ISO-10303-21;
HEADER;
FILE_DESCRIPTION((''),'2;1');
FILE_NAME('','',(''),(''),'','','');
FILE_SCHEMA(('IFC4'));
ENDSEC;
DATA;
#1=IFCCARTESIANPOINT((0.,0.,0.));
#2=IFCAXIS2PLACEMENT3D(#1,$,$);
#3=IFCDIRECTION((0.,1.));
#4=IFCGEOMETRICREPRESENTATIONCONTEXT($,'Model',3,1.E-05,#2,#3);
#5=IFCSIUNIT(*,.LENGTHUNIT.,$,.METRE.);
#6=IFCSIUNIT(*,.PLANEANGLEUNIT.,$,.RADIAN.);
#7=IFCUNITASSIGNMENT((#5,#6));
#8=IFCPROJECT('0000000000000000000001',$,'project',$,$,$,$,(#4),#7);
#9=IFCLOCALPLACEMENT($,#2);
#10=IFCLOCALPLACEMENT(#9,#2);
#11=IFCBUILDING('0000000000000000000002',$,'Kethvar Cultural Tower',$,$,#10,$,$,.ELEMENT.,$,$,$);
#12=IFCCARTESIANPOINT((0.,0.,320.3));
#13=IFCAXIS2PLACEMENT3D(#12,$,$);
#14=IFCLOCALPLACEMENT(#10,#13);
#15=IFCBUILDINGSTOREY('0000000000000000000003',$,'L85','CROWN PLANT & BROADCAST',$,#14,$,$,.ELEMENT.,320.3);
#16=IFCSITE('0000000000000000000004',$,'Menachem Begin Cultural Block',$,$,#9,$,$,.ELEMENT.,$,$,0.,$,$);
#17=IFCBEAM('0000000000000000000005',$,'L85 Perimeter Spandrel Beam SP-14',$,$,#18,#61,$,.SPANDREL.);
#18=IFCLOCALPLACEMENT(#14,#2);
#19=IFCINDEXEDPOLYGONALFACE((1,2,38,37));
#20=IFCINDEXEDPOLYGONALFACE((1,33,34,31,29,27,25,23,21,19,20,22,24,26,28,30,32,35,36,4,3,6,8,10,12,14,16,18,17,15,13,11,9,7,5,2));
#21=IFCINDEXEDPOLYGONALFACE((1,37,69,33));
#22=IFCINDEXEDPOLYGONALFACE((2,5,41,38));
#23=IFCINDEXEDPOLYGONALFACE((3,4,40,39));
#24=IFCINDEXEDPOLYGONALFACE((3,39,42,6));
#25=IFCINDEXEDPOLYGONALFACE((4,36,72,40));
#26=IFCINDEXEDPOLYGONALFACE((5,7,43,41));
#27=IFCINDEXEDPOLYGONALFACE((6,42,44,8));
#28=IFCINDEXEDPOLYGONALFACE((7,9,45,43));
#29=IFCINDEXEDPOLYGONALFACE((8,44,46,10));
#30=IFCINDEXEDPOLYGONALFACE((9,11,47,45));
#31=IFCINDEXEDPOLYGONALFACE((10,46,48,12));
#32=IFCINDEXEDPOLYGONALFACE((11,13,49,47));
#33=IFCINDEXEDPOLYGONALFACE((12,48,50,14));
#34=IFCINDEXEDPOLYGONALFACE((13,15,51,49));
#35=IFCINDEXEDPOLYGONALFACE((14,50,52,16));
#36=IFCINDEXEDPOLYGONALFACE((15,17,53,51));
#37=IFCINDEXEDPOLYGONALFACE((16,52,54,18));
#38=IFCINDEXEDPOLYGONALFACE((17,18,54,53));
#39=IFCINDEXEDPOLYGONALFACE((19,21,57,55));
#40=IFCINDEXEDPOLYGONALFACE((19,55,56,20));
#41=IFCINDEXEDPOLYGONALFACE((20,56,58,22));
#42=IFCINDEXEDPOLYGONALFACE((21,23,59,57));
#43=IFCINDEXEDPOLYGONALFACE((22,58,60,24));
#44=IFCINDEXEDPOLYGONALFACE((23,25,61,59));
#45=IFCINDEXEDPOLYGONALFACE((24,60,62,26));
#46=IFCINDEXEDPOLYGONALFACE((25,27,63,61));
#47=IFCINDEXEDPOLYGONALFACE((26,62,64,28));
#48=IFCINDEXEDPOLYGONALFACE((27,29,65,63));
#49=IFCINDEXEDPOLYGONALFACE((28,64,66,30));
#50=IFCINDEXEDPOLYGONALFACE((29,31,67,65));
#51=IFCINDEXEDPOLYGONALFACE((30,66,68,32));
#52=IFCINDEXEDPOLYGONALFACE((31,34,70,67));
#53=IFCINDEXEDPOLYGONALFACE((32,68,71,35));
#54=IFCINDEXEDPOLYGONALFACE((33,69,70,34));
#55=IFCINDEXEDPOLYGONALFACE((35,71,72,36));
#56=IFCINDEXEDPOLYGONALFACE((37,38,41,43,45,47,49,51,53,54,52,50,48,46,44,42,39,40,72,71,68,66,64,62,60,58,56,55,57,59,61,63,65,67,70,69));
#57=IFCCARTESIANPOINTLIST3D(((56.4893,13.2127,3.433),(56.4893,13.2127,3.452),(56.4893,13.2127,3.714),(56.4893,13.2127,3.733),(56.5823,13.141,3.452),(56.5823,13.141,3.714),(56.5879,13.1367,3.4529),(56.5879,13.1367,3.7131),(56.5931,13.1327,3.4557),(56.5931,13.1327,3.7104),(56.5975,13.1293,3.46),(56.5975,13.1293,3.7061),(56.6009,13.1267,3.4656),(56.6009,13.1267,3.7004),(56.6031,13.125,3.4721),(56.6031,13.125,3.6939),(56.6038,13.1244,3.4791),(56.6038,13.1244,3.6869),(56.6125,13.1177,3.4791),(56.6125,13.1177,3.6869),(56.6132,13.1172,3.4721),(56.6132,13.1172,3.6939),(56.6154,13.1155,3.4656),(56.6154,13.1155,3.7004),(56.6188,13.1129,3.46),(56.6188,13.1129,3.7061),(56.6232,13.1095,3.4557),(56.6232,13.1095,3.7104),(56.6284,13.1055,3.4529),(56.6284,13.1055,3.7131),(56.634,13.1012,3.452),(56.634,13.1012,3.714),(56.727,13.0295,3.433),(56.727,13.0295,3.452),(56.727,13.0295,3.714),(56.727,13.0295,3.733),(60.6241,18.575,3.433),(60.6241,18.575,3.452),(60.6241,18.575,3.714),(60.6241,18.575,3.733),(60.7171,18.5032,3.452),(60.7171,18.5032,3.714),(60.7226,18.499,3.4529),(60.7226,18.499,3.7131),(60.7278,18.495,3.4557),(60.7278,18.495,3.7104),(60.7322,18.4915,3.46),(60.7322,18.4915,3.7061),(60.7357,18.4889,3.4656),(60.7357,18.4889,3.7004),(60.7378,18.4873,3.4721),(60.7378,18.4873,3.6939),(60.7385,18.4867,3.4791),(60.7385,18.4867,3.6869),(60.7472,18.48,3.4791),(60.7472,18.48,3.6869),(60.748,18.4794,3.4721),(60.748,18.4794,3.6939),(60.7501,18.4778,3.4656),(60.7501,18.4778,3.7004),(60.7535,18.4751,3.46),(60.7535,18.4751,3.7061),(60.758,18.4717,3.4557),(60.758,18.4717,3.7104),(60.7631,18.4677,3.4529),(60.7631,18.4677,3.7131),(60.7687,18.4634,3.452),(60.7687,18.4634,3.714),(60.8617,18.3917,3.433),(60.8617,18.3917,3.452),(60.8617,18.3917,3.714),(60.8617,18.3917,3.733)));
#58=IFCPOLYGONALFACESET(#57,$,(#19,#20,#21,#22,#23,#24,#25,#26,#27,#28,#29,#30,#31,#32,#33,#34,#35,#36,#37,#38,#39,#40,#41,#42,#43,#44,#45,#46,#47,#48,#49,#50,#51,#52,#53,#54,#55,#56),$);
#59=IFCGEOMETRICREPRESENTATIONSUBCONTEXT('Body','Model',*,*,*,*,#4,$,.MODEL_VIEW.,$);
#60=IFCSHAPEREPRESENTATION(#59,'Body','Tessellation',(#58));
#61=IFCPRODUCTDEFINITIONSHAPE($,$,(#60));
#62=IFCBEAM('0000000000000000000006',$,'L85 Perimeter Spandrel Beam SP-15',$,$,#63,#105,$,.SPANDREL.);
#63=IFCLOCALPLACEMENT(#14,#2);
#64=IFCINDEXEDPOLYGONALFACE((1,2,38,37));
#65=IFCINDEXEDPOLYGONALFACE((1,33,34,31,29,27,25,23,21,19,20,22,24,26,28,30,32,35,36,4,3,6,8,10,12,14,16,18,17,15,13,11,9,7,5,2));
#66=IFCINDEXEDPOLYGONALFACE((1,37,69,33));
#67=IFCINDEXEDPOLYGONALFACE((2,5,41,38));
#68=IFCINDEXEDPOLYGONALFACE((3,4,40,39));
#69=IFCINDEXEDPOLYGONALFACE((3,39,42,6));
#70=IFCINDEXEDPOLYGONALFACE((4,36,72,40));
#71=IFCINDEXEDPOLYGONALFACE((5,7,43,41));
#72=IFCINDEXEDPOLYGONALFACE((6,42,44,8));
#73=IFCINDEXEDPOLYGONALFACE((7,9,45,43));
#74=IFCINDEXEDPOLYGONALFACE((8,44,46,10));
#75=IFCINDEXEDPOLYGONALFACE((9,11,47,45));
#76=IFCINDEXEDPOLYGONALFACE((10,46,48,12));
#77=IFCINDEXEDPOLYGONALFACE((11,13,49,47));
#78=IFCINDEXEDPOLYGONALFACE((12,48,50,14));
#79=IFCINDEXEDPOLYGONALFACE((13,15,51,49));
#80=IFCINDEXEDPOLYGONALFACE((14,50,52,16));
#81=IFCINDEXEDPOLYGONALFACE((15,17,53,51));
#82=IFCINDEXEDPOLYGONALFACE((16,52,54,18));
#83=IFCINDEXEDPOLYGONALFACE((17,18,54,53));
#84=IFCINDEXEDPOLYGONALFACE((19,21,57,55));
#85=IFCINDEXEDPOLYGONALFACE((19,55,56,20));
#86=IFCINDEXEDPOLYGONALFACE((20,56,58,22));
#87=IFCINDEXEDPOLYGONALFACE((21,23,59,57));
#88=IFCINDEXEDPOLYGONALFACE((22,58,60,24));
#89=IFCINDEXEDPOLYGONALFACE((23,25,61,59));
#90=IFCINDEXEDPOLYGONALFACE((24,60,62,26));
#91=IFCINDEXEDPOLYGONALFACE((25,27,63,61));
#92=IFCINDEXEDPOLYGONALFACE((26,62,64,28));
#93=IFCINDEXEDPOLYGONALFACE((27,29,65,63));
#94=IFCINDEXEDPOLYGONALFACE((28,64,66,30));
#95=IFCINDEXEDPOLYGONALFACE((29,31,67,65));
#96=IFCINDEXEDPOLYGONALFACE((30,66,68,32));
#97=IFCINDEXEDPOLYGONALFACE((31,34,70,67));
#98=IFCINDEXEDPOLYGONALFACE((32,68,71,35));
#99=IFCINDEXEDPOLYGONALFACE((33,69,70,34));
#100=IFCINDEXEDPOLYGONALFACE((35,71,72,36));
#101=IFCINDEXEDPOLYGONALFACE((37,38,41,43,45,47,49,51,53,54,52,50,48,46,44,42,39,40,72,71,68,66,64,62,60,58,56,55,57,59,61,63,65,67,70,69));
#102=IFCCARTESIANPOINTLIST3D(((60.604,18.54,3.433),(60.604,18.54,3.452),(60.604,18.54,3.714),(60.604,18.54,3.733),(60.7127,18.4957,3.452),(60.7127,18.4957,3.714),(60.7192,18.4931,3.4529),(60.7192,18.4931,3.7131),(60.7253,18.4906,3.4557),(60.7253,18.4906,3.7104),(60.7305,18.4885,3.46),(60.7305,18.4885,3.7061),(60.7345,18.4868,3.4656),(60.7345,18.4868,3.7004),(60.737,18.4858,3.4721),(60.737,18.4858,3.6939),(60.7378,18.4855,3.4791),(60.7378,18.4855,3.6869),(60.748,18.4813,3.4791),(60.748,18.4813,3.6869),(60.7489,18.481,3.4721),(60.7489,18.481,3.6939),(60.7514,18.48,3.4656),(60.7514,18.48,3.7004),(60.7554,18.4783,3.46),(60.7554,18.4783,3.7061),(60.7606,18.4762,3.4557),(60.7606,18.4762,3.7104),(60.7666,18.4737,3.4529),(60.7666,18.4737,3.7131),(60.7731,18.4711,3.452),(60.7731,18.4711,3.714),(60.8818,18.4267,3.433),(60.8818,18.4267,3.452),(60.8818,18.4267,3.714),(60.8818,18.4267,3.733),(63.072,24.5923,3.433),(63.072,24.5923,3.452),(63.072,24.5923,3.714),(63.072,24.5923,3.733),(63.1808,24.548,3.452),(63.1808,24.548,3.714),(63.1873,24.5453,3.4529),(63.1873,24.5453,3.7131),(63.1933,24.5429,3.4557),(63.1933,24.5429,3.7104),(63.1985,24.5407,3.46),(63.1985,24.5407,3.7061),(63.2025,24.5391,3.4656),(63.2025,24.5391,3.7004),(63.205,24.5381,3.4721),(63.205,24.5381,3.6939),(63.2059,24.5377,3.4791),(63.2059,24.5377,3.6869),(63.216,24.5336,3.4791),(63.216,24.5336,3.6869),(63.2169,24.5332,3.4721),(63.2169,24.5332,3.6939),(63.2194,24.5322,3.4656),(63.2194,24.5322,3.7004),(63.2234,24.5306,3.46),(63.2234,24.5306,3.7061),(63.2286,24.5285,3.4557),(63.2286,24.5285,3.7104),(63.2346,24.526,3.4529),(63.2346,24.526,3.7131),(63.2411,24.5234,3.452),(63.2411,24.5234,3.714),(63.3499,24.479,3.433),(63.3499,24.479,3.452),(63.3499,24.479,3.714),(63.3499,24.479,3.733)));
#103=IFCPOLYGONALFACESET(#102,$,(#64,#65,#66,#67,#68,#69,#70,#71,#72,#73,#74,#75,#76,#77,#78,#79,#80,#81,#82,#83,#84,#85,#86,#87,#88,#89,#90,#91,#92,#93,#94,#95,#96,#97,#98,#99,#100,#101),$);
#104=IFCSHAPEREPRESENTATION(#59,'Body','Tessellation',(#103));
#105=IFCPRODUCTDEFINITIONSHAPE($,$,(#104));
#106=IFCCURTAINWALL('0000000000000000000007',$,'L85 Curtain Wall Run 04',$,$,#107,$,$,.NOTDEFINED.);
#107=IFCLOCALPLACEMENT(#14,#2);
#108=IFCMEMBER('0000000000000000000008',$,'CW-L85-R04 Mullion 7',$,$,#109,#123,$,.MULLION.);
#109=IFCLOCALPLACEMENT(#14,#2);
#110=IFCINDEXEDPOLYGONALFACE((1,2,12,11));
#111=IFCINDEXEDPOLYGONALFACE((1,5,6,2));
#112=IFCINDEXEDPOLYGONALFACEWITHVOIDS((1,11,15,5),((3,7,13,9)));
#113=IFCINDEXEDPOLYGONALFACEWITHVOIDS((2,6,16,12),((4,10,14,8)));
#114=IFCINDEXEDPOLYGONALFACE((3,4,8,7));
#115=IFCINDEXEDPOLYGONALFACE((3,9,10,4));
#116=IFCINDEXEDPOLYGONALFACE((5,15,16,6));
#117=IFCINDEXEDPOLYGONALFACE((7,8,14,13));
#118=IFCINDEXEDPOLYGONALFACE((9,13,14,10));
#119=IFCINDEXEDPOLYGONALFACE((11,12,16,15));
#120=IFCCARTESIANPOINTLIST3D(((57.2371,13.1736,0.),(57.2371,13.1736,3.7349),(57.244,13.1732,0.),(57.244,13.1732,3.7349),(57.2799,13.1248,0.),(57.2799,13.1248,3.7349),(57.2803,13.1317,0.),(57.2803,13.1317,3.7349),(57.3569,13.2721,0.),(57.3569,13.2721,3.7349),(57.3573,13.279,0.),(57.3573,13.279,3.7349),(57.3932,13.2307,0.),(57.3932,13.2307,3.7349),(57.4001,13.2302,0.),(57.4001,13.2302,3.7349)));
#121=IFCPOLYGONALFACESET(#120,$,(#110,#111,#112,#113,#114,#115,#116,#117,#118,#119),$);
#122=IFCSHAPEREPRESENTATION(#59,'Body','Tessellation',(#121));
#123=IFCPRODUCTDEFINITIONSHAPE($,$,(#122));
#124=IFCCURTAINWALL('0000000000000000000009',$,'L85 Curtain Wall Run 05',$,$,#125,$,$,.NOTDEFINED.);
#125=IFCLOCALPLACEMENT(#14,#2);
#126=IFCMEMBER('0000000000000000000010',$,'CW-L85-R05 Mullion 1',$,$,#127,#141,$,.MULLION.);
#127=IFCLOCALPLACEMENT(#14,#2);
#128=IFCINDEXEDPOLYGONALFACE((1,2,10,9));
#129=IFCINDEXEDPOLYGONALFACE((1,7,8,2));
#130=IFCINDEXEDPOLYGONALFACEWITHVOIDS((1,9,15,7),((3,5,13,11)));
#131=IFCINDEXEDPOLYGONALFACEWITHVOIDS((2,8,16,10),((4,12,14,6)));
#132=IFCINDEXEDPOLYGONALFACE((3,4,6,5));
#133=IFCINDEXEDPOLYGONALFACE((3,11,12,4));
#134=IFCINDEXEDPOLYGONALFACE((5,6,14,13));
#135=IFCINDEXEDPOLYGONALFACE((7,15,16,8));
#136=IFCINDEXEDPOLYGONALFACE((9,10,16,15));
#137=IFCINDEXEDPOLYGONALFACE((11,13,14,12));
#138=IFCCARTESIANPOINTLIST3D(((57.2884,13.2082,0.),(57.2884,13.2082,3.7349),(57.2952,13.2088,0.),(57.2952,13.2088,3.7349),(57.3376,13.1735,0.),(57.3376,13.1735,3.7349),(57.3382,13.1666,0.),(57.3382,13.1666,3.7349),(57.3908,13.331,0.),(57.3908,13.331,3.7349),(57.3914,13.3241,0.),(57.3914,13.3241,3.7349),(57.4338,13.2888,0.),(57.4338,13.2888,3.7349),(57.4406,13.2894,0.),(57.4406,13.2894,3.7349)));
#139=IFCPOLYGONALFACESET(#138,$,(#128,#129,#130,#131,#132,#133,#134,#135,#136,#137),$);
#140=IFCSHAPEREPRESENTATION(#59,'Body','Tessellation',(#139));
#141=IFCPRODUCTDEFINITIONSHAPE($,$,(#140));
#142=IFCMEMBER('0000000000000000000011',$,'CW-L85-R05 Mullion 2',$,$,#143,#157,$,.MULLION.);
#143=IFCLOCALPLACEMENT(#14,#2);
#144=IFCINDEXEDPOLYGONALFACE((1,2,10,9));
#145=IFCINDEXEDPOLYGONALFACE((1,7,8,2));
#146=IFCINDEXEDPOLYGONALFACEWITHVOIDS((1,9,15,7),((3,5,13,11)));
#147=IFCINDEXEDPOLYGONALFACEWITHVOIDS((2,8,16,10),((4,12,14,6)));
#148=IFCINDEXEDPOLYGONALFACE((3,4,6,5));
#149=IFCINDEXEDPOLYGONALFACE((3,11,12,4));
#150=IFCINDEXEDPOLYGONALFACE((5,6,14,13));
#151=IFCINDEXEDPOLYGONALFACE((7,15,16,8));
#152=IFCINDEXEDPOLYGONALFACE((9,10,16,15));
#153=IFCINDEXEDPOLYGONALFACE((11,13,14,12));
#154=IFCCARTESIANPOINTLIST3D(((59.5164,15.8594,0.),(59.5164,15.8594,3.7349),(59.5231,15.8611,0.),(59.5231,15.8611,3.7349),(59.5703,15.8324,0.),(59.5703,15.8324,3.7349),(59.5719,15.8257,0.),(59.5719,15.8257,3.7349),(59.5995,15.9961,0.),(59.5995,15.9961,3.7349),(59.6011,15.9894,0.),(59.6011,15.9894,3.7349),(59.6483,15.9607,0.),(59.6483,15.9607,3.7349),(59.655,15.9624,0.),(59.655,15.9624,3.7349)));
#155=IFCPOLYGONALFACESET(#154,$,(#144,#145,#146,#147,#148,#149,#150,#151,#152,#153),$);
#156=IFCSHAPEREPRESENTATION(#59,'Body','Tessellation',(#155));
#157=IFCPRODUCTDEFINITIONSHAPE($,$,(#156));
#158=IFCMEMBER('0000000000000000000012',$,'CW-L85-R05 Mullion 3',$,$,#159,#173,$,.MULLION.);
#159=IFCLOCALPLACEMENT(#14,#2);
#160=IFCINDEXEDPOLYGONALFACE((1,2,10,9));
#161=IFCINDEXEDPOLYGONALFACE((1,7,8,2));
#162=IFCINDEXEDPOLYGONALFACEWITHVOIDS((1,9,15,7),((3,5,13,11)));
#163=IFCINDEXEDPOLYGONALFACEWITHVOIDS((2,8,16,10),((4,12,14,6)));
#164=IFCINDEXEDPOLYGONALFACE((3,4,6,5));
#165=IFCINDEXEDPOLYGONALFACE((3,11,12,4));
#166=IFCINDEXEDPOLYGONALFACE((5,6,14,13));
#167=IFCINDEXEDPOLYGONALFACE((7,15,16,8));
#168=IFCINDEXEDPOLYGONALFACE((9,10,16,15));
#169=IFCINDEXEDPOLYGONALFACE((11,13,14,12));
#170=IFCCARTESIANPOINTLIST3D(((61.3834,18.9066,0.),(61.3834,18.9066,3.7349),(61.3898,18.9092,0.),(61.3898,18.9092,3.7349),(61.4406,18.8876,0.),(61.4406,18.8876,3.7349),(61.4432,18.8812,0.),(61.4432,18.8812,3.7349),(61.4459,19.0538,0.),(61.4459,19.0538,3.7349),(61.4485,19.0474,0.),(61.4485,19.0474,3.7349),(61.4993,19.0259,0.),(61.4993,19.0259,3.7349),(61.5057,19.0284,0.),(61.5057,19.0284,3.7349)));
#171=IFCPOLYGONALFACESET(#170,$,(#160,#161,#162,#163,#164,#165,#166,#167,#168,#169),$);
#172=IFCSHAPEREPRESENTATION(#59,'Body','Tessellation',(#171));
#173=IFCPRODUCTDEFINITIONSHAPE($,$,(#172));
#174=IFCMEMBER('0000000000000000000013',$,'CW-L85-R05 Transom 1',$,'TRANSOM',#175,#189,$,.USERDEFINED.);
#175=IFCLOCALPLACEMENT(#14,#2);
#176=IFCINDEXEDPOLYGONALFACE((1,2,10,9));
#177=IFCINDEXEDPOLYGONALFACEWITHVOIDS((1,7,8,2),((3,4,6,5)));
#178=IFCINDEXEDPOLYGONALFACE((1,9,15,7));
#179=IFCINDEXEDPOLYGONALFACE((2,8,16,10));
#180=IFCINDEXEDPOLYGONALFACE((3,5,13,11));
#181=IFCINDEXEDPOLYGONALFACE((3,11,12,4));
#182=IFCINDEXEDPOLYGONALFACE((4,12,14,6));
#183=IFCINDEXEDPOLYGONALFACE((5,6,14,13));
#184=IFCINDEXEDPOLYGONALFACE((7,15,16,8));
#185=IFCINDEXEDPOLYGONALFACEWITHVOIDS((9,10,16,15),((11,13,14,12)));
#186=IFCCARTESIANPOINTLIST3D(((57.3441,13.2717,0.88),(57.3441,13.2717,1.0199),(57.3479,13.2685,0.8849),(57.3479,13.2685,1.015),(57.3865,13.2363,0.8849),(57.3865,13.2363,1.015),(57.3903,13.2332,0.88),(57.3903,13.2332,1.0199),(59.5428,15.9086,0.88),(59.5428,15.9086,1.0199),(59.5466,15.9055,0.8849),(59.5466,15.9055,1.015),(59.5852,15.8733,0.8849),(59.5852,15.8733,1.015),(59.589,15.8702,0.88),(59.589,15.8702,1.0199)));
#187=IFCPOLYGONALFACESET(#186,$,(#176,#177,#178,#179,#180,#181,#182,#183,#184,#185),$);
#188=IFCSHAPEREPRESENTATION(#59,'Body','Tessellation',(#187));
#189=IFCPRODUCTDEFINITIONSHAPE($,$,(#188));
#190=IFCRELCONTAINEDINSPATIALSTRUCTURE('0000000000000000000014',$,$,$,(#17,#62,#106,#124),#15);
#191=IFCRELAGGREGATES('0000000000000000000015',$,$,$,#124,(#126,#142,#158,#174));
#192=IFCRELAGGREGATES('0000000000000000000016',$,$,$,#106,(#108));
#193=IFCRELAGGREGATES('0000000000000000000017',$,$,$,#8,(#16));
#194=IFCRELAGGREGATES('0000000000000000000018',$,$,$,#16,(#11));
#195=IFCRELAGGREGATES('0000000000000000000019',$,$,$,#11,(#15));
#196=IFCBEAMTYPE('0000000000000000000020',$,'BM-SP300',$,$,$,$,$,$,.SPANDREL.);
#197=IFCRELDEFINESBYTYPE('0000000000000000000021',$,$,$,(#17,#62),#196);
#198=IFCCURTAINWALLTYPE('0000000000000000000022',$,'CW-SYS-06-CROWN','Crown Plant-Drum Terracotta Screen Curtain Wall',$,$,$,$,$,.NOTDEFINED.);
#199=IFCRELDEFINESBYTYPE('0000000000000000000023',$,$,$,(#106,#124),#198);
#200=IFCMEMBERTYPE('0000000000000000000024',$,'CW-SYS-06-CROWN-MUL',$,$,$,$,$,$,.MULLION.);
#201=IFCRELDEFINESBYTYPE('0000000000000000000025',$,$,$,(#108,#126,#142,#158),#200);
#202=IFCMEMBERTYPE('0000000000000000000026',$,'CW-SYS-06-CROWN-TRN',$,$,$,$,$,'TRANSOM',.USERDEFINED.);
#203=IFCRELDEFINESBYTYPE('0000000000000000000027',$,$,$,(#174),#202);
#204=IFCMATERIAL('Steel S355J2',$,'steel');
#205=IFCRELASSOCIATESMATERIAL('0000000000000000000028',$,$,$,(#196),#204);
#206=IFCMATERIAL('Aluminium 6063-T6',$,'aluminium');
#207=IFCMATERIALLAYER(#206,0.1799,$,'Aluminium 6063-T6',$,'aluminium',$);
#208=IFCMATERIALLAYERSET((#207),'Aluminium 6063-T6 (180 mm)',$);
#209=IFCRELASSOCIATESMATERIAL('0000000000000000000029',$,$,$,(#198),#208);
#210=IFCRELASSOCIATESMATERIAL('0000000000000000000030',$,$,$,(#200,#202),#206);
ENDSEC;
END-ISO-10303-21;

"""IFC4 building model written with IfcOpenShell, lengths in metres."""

from ifc_helpers import new_model, si_unit, direction, frame, origin, origin_2d, place, context, subcontext, project, spatial, hollow_rectangle, i_section, extrude, source, transform, mapped, material, layer, layer_set, material_profile, profile_set, type_object, element, aggregate, save


model = new_model("IFC4")

# Units and contexts
model_context = context("Model", 3, precision=1e-05, world=origin(), true_north=direction((0.0, 1.0)))
body_context = subcontext(model_context, "Body", "Model", "MODEL_VIEW")
ifc_project = project(units=[si_unit("LENGTHUNIT", "METRE"), si_unit("PLANEANGLEUNIT", "RADIAN")], contexts=[model_context])

# Site, building, storey
site_placement = place(None, origin())
site = spatial("IfcSite", under=ifc_project, at=site_placement, Name="Menachem Begin Cultural Block", CompositionType="ELEMENT", RefElevation=0.0)
building_placement = place(site_placement, origin())
building = spatial("IfcBuilding", under=site, at=building_placement, Name="Kethvar Cultural Tower", CompositionType="ELEMENT")
storey_placement = place(building_placement, frame((0.0, 0.0, 320.3)))
storey = spatial("IfcBuildingStorey", under=building, at=storey_placement, Name="L85", Description="CROWN PLANT & BROADCAST", CompositionType="ELEMENT", Elevation=320.3)

# Shared definitions
ifc_material_1 = material(Name="Steel S355J2", Category="steel")

# Beams
ifc_material_profile_1 = material_profile(ifc_material_1, i_section(OverallWidth=0.3, OverallDepth=0.3, WebThickness=0.011, FlangeThickness=0.019, FilletRadius=0.0271, at=origin_2d()), Name="Steel S355J2 — HEB300")
ifc_profile_set_1 = profile_set([ifc_material_profile_1], Name="Steel S355J2 — HEB300")
beam_type_1 = type_object("IfcBeamType", Name="BM-SP300", PredefinedType="SPANDREL", material=ifc_profile_set_1)
shared_shape_1 = source(origin(), body_context, "Body", "SweptSolid", [
    extrude(i_section(OverallWidth=0.3, OverallDepth=0.3, WebThickness=0.011, FlangeThickness=0.019, FilletRadius=0.0271, at=origin_2d()), origin(), (0.0, 0.0, 1.0), 6.7712),
])
beam_1_placement = place(storey_placement, frame((56.6082, 13.1211, 3.583), z_axis=(0.61063, 0.791916, 0.0), x_axis=(-0.791916, 0.61063, 0.0)))
element("IfcBeam", 1, at=beam_1_placement, inside=storey, type_object=beam_type_1, Name="L85 Perimeter Spandrel Beam SP-14", PredefinedType="SPANDREL", context=body_context, shape_type="MappedRepresentation", body=[
    mapped(shared_shape_1, transform((0.0, 0.0, 0.0), scale=1.0)),
])
shared_shape_2 = source(origin(), body_context, "Body", "SweptSolid", [
    extrude(i_section(OverallWidth=0.3, OverallDepth=0.3, WebThickness=0.011, FlangeThickness=0.019, FilletRadius=0.0271, at=origin_2d()), origin(), (0.0, 0.0, 1.0), 6.5361),
])
beam_2_placement = place(storey_placement, frame((60.7429, 18.4834, 3.583), z_axis=(0.377597, 0.92597, 0.0), x_axis=(-0.92597, 0.377597, 0.0)))
element("IfcBeam", 2, at=beam_2_placement, inside=storey, type_object=beam_type_1, Name="L85 Perimeter Spandrel Beam SP-15", PredefinedType="SPANDREL", context=body_context, shape_type="MappedRepresentation", body=[
    mapped(shared_shape_2, transform((0.0, 0.0, 0.0), scale=1.0)),
])

# Curtain wall, member
ifc_material_2 = material(Name="Aluminium 6063-T6", Category="aluminium")
ifc_layer_1 = layer(ifc_material_2, 0.1799, Name="Aluminium 6063-T6", Category="aluminium")
ifc_layer_set_1 = layer_set([ifc_layer_1], Name="Aluminium 6063-T6 (180 mm)")
curtain_wall_type = type_object("IfcCurtainWallType", Name="CW-SYS-06-CROWN", Description="Crown Plant-Drum Terracotta Screen Curtain Wall", PredefinedType="NOTDEFINED", material=ifc_layer_set_1)
curtain_wall_1_placement = place(storey_placement, origin())
curtain_wall_1 = element("IfcCurtainWall", 3, at=curtain_wall_1_placement, inside=storey, type_object=curtain_wall_type, Name="L85 Curtain Wall Run 04", PredefinedType="NOTDEFINED")
ifc_material_profile_2 = material_profile(ifc_material_2, hollow_rectangle(XDim=0.0649, YDim=0.1599, WallThickness=0.0049, at=origin_2d()), Name="Aluminium 6063-T6 — RHS160x65x5")
ifc_profile_set_2 = profile_set([ifc_material_profile_2], Name="Aluminium 6063-T6 — RHS160x65x5")
member_type_1 = type_object("IfcMemberType", Name="CW-SYS-06-CROWN-MUL", PredefinedType="MULLION", material=ifc_profile_set_2)
shared_shape_3 = source(origin(), body_context, "Body", "SweptSolid", [
    extrude(hollow_rectangle(XDim=0.0649, YDim=0.1599, WallThickness=0.0049, at=origin_2d()), origin(), (0.0, 0.0, 1.0), 3.7349),
])
member_1_placement = place(storey_placement, frame((57.3186, 13.2019, 0.0), z_axis=(0.0, 0.0, 1.0), x_axis=(-0.659267, 0.751909, 0.0)))
member_1 = element("IfcMember", 4, at=member_1_placement, type_object=member_type_1, Name="CW-L85-R04 Mullion 7", PredefinedType="MULLION", context=body_context, shape_type="MappedRepresentation", body=[
    mapped(shared_shape_3, transform((0.0, 0.0, 0.0), scale=1.0)),
])

# Curtain wall, members
curtain_wall_2_placement = place(storey_placement, origin())
curtain_wall_2 = element("IfcCurtainWall", 5, at=curtain_wall_2_placement, inside=storey, type_object=curtain_wall_type, Name="L85 Curtain Wall Run 05", PredefinedType="NOTDEFINED")
member_2_placement = place(storey_placement, frame((57.3645, 13.2488, 0.0), z_axis=(0.0, 0.0, 1.0), x_axis=(-0.76806, 0.640378, 0.0)))
member_2 = element("IfcMember", 6, at=member_2_placement, type_object=member_type_1, Name="CW-L85-R05 Mullion 1", PredefinedType="MULLION", context=body_context, shape_type="MappedRepresentation", body=[
    mapped(shared_shape_3, transform((0.0, 0.0, 0.0), scale=1.0)),
])
member_3_placement = place(storey_placement, frame((59.5857, 15.9109, 0.0), z_axis=(0.0, 0.0, 1.0), x_axis=(-0.854568, 0.51934, 0.0)))
member_3 = element("IfcMember", 7, at=member_3_placement, type_object=member_type_1, Name="CW-L85-R05 Mullion 2", PredefinedType="MULLION", context=body_context, shape_type="MappedRepresentation", body=[
    mapped(shared_shape_3, transform((0.0, 0.0, 0.0), scale=1.0)),
])
member_4_placement = place(storey_placement, frame((61.4446, 18.9675, 0.0), z_axis=(0.0, 0.0, 1.0), x_axis=(-0.920491, 0.390763, 0.0)))
member_4 = element("IfcMember", 8, at=member_4_placement, type_object=member_type_1, Name="CW-L85-R05 Mullion 3", PredefinedType="MULLION", context=body_context, shape_type="MappedRepresentation", body=[
    mapped(shared_shape_3, transform((0.0, 0.0, 0.0), scale=1.0)),
])
ifc_material_profile_3 = material_profile(ifc_material_2, hollow_rectangle(XDim=0.0601, YDim=0.1399, WallThickness=0.0049, at=origin_2d()), Name="Aluminium 6063-T6 — RHS140x60x5")
ifc_profile_set_3 = profile_set([ifc_material_profile_3], Name="Aluminium 6063-T6 — RHS140x60x5")
member_type_2 = type_object("IfcMemberType", Name="CW-SYS-06-CROWN-TRN", ElementType="TRANSOM", PredefinedType="USERDEFINED", material=ifc_profile_set_3)
shared_shape_4 = source(origin(), body_context, "Body", "SweptSolid", [
    extrude(hollow_rectangle(XDim=0.0601, YDim=0.1399, WallThickness=0.0049, at=origin_2d()), origin(), (0.0, 0.0, 1.0), 3.4333),
])
member_5_placement = place(storey_placement, frame((57.3672, 13.2524, 0.95), z_axis=(0.640401, 0.768041, 0.0), x_axis=(-0.768041, 0.640401, 0.0)))
member_5 = element("IfcMember", 9, at=member_5_placement, type_object=member_type_2, Name="CW-L85-R05 Transom 1", ObjectType="TRANSOM", PredefinedType="USERDEFINED", context=body_context, shape_type="MappedRepresentation", body=[
    mapped(shared_shape_4, transform((0.0, 0.0, 0.0), scale=1.0)),
])
aggregate(curtain_wall_2, [member_2, member_3, member_4, member_5])

aggregate(curtain_wall_1, [member_1])

save(model, "model.ifc")
